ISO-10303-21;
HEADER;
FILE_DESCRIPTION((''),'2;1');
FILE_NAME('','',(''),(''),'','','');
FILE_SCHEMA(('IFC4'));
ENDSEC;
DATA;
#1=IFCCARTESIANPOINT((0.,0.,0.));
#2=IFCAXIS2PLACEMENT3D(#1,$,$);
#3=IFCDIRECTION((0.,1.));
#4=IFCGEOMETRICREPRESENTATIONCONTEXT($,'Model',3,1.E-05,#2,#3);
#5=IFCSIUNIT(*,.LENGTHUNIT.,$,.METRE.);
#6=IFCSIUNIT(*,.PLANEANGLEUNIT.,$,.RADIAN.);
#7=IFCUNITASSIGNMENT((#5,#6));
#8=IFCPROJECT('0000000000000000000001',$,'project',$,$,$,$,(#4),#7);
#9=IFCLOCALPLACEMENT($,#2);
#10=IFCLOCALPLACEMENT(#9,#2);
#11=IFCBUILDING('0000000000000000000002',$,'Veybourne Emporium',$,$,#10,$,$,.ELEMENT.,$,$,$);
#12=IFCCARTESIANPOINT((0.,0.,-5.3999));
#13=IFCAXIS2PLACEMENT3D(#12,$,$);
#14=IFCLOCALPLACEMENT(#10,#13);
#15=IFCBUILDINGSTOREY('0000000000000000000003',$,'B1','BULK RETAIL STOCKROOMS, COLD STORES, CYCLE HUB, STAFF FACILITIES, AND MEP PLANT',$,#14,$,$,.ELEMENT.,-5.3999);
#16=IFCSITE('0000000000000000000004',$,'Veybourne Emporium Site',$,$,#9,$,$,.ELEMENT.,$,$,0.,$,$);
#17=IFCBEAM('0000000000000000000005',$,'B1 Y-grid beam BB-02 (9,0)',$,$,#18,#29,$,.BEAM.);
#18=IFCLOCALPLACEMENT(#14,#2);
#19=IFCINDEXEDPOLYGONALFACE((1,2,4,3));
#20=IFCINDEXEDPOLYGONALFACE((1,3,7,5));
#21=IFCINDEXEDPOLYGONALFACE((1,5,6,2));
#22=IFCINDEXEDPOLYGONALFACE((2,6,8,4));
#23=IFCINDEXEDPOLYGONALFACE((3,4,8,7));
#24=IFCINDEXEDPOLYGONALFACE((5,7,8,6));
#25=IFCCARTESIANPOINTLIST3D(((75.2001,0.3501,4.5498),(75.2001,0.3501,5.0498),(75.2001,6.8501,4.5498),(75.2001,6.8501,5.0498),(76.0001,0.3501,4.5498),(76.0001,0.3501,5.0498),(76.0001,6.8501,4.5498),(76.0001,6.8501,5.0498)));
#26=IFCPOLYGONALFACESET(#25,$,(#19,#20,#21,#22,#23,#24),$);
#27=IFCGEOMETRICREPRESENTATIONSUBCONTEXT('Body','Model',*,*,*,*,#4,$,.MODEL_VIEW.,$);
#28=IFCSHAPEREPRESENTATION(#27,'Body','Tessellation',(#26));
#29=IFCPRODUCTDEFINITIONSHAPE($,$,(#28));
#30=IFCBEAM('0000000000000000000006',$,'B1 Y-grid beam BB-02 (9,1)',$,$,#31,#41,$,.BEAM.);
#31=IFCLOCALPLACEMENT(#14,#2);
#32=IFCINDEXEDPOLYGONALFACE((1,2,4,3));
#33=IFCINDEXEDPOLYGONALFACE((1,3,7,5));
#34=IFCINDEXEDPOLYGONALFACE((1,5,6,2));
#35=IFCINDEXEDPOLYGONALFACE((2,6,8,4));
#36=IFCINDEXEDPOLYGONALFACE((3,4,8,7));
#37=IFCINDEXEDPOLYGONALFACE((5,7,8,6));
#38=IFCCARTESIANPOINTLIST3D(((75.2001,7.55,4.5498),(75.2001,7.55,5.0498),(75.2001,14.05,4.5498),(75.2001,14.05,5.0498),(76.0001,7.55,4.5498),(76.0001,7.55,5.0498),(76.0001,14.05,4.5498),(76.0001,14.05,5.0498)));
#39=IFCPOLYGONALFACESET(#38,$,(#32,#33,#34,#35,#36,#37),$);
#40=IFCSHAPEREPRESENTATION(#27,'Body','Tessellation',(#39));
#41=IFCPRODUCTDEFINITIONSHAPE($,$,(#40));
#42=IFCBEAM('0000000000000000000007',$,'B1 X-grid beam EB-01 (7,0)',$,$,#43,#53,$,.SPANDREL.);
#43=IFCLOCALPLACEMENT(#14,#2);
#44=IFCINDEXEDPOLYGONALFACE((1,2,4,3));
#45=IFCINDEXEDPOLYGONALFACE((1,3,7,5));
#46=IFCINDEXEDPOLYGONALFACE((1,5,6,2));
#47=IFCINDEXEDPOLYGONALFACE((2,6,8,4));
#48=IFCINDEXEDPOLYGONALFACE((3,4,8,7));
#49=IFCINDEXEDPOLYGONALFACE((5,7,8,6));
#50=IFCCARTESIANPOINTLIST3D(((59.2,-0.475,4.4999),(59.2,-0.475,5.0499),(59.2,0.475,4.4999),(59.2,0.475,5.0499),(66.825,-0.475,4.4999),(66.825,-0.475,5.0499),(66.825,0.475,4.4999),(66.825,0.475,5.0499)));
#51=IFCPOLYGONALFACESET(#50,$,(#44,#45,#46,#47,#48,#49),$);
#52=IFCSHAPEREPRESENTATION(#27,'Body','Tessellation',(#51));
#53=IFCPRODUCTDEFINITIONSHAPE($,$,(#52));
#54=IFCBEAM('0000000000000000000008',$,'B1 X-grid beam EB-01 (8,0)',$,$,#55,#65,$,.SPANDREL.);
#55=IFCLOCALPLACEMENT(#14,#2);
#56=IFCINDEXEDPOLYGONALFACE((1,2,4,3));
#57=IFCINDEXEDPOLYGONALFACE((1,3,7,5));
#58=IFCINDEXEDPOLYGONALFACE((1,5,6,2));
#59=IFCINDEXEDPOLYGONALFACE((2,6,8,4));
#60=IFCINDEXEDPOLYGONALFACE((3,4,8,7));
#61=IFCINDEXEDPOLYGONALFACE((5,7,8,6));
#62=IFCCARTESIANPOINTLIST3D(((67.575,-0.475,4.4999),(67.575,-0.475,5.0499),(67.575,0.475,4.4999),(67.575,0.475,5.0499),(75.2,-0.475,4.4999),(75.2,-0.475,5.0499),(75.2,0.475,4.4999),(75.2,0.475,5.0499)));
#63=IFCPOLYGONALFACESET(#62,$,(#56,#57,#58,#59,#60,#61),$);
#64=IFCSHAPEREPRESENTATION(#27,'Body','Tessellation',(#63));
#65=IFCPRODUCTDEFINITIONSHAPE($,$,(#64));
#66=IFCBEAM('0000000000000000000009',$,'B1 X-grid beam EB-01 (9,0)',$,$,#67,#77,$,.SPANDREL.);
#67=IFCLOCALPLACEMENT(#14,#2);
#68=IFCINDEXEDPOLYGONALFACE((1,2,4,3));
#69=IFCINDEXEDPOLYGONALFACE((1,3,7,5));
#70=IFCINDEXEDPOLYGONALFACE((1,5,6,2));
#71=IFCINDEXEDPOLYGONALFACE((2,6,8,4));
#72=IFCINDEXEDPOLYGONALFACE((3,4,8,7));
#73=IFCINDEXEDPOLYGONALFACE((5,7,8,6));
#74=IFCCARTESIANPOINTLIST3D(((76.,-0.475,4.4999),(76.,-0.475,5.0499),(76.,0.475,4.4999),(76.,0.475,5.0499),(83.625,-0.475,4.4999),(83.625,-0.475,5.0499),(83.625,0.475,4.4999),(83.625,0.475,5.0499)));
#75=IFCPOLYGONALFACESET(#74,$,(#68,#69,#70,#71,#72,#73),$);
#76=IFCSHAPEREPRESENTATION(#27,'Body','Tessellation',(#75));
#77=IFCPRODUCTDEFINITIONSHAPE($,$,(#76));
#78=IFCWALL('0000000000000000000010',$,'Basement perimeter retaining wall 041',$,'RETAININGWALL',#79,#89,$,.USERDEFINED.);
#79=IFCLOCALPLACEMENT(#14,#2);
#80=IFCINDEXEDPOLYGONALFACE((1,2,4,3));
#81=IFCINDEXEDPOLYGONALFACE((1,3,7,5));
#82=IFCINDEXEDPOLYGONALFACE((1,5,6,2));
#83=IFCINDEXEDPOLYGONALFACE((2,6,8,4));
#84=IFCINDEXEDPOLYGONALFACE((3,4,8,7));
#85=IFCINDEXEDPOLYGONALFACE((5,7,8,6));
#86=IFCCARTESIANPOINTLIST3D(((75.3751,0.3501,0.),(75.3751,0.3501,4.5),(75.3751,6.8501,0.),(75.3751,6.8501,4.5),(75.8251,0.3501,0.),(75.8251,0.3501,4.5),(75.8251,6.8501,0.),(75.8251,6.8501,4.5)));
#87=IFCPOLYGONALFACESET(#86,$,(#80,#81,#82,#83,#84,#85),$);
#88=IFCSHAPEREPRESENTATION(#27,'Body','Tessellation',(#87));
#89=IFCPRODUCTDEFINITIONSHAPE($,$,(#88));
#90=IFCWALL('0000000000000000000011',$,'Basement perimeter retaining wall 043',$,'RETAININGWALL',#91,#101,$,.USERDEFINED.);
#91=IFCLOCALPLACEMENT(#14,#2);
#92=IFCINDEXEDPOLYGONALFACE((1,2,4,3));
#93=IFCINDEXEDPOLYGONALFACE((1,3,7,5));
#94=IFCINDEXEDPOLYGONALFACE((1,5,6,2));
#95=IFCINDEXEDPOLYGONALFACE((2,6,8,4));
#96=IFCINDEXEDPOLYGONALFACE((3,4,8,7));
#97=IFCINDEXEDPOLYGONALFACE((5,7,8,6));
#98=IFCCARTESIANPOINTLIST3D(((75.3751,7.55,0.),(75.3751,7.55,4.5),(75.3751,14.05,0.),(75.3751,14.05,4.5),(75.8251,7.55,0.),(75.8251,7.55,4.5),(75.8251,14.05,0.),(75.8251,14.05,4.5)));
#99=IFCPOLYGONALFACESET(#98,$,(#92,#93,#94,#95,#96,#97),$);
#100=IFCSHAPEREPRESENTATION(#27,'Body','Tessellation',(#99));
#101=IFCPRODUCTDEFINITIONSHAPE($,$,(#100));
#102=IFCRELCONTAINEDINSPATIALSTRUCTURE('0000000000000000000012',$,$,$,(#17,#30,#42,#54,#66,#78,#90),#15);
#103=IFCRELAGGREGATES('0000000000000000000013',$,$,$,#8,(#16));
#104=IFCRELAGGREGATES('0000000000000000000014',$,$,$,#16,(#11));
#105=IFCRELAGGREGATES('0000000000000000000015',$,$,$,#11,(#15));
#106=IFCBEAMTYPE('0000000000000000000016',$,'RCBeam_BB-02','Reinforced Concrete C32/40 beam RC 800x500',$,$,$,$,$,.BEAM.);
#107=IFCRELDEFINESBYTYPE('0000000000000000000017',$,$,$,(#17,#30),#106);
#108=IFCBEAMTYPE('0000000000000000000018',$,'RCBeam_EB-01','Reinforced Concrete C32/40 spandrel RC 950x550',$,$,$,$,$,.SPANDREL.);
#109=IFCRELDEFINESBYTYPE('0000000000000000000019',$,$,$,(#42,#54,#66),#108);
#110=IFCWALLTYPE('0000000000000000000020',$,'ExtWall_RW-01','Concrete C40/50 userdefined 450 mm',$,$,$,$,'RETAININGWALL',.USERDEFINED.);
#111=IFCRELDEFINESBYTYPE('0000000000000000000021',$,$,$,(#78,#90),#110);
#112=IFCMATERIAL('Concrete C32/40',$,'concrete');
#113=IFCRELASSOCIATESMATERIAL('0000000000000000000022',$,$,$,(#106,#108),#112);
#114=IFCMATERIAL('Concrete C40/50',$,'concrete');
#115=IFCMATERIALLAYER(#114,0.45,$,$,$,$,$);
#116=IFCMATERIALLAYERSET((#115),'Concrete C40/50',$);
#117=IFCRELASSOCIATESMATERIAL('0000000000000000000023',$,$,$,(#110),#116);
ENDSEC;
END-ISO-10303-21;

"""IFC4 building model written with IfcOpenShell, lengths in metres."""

from ifc_helpers import new_model, si_unit, direction, frame, frame_2d, origin, origin_2d, place, context, subcontext, project, spatial, rectangle, extrude, material, layer, layer_set, material_profile, profile_set, type_object, element, save


model = new_model("IFC4")

# Units and contexts
model_context = context("Model", 3, precision=1e-05, world=origin(), true_north=direction((0.0, 1.0)))
body_context = subcontext(model_context, "Body", "Model", "MODEL_VIEW")
ifc_project = project(units=[si_unit("LENGTHUNIT", "METRE"), si_unit("PLANEANGLEUNIT", "RADIAN")], contexts=[model_context])

# Site, building, storey
site_placement = place(None, origin())
site = spatial("IfcSite", under=ifc_project, at=site_placement, Name="Veybourne Emporium Site", CompositionType="ELEMENT", RefElevation=0.0)
building_placement = place(site_placement, origin())
building = spatial("IfcBuilding", under=site, at=building_placement, Name="Veybourne Emporium", CompositionType="ELEMENT")
storey_placement = place(building_placement, frame((0.0, 0.0, -5.3999)))
storey = spatial("IfcBuildingStorey", under=building, at=storey_placement, Name="B1", Description="BULK RETAIL STOCKROOMS, COLD STORES, CYCLE HUB, STAFF FACILITIES, AND MEP PLANT", CompositionType="ELEMENT", Elevation=-5.3999)

# Shared definitions
ifc_material_1 = material(Name="Concrete C40/50", Category="concrete")

# Beams
ifc_material_2 = material(Name="Concrete C32/40", Category="concrete")
ifc_material_profile_1 = material_profile(ifc_material_2, rectangle(XDim=0.8, YDim=0.5, at=origin_2d()), Name="RC 800x500")
ifc_profile_set_1 = profile_set([ifc_material_profile_1], Name="Concrete C32/40")
beam_type_1 = type_object("IfcBeamType", Name="RCBeam_BB-02", Description="Reinforced Concrete C32/40 beam RC 800x500", PredefinedType="BEAM", material=ifc_profile_set_1)
for number, where, z_axis, x_axis, name in (
    (1, (75.6001, 0.3501, 4.7998), (0.0, 1.0, 0.0), (-1.0, 0.0, 0.0), "B1 Y-grid beam BB-02 (9,0)"),
    (2, (75.6001, 7.55, 4.7998), (0.0, 1.0, 0.0), (-1.0, 0.0, 0.0), "B1 Y-grid beam BB-02 (9,1)"),
):
    element("IfcBeam", number, at=place(storey_placement, frame(where, z_axis=z_axis, x_axis=x_axis)), inside=storey, type_object=beam_type_1, Name=name, PredefinedType="BEAM", context=body_context, shape_type="SweptSolid", body=[
        extrude(rectangle(XDim=0.8, YDim=0.5, at=origin_2d()), origin(), (0.0, 0.0, 1.0), 6.5),
    ])
ifc_material_profile_2 = material_profile(ifc_material_2, rectangle(XDim=0.95, YDim=0.55, at=origin_2d()), Name="RC 950x550")
ifc_profile_set_2 = profile_set([ifc_material_profile_2], Name="Concrete C32/40")
beam_type_2 = type_object("IfcBeamType", Name="RCBeam_EB-01", Description="Reinforced Concrete C32/40 spandrel RC 950x550", PredefinedType="SPANDREL", material=ifc_profile_set_2)
for number, where, z_axis, x_axis, name in (
    (3, (59.2, 0.0, 4.7749), (1.0, 0.0, 0.0), (0.0, 1.0, 0.0), "B1 X-grid beam EB-01 (7,0)"),
    (4, (67.575, 0.0, 4.7749), (1.0, 0.0, 0.0), (0.0, 1.0, 0.0), "B1 X-grid beam EB-01 (8,0)"),
    (5, (76.0, 0.0, 4.7749), (1.0, 0.0, 0.0), (0.0, 1.0, 0.0), "B1 X-grid beam EB-01 (9,0)"),
):
    element("IfcBeam", number, at=place(storey_placement, frame(where, z_axis=z_axis, x_axis=x_axis)), inside=storey, type_object=beam_type_2, Name=name, PredefinedType="SPANDREL", context=body_context, shape_type="SweptSolid", body=[
        extrude(rectangle(XDim=0.95, YDim=0.55, at=origin_2d()), origin(), (0.0, 0.0, 1.0), 7.625),
    ])

# Walls
ifc_layer = layer(ifc_material_1, 0.45)
ifc_layer_set = layer_set([ifc_layer], Name="Concrete C40/50")
wall_type = type_object("IfcWallType", Name="ExtWall_RW-01", Description="Concrete C40/50 userdefined 450 mm", ElementType="RETAININGWALL", PredefinedType="USERDEFINED", material=ifc_layer_set)
for number, where, z_axis, x_axis, name in (
    (6, (75.6001, 0.3501, 0.0), (0.0, 0.0, 1.0), (0.0, 1.0, 0.0), "Basement perimeter retaining wall 041"),
    (7, (75.6001, 7.55, 0.0), (0.0, 0.0, 1.0), (0.0, 1.0, 0.0), "Basement perimeter retaining wall 043"),
):
    element("IfcWall", number, at=place(storey_placement, frame(where, z_axis=z_axis, x_axis=x_axis)), inside=storey, type_object=wall_type, Name=name, ObjectType="RETAININGWALL", PredefinedType="USERDEFINED", context=body_context, shape_type="SweptSolid", body=[
        extrude(rectangle(XDim=6.5, YDim=0.45, at=frame_2d((3.25, 0.0))), origin(), (0.0, 0.0, 1.0), 4.5),
    ])

save(model, "model.ifc")
